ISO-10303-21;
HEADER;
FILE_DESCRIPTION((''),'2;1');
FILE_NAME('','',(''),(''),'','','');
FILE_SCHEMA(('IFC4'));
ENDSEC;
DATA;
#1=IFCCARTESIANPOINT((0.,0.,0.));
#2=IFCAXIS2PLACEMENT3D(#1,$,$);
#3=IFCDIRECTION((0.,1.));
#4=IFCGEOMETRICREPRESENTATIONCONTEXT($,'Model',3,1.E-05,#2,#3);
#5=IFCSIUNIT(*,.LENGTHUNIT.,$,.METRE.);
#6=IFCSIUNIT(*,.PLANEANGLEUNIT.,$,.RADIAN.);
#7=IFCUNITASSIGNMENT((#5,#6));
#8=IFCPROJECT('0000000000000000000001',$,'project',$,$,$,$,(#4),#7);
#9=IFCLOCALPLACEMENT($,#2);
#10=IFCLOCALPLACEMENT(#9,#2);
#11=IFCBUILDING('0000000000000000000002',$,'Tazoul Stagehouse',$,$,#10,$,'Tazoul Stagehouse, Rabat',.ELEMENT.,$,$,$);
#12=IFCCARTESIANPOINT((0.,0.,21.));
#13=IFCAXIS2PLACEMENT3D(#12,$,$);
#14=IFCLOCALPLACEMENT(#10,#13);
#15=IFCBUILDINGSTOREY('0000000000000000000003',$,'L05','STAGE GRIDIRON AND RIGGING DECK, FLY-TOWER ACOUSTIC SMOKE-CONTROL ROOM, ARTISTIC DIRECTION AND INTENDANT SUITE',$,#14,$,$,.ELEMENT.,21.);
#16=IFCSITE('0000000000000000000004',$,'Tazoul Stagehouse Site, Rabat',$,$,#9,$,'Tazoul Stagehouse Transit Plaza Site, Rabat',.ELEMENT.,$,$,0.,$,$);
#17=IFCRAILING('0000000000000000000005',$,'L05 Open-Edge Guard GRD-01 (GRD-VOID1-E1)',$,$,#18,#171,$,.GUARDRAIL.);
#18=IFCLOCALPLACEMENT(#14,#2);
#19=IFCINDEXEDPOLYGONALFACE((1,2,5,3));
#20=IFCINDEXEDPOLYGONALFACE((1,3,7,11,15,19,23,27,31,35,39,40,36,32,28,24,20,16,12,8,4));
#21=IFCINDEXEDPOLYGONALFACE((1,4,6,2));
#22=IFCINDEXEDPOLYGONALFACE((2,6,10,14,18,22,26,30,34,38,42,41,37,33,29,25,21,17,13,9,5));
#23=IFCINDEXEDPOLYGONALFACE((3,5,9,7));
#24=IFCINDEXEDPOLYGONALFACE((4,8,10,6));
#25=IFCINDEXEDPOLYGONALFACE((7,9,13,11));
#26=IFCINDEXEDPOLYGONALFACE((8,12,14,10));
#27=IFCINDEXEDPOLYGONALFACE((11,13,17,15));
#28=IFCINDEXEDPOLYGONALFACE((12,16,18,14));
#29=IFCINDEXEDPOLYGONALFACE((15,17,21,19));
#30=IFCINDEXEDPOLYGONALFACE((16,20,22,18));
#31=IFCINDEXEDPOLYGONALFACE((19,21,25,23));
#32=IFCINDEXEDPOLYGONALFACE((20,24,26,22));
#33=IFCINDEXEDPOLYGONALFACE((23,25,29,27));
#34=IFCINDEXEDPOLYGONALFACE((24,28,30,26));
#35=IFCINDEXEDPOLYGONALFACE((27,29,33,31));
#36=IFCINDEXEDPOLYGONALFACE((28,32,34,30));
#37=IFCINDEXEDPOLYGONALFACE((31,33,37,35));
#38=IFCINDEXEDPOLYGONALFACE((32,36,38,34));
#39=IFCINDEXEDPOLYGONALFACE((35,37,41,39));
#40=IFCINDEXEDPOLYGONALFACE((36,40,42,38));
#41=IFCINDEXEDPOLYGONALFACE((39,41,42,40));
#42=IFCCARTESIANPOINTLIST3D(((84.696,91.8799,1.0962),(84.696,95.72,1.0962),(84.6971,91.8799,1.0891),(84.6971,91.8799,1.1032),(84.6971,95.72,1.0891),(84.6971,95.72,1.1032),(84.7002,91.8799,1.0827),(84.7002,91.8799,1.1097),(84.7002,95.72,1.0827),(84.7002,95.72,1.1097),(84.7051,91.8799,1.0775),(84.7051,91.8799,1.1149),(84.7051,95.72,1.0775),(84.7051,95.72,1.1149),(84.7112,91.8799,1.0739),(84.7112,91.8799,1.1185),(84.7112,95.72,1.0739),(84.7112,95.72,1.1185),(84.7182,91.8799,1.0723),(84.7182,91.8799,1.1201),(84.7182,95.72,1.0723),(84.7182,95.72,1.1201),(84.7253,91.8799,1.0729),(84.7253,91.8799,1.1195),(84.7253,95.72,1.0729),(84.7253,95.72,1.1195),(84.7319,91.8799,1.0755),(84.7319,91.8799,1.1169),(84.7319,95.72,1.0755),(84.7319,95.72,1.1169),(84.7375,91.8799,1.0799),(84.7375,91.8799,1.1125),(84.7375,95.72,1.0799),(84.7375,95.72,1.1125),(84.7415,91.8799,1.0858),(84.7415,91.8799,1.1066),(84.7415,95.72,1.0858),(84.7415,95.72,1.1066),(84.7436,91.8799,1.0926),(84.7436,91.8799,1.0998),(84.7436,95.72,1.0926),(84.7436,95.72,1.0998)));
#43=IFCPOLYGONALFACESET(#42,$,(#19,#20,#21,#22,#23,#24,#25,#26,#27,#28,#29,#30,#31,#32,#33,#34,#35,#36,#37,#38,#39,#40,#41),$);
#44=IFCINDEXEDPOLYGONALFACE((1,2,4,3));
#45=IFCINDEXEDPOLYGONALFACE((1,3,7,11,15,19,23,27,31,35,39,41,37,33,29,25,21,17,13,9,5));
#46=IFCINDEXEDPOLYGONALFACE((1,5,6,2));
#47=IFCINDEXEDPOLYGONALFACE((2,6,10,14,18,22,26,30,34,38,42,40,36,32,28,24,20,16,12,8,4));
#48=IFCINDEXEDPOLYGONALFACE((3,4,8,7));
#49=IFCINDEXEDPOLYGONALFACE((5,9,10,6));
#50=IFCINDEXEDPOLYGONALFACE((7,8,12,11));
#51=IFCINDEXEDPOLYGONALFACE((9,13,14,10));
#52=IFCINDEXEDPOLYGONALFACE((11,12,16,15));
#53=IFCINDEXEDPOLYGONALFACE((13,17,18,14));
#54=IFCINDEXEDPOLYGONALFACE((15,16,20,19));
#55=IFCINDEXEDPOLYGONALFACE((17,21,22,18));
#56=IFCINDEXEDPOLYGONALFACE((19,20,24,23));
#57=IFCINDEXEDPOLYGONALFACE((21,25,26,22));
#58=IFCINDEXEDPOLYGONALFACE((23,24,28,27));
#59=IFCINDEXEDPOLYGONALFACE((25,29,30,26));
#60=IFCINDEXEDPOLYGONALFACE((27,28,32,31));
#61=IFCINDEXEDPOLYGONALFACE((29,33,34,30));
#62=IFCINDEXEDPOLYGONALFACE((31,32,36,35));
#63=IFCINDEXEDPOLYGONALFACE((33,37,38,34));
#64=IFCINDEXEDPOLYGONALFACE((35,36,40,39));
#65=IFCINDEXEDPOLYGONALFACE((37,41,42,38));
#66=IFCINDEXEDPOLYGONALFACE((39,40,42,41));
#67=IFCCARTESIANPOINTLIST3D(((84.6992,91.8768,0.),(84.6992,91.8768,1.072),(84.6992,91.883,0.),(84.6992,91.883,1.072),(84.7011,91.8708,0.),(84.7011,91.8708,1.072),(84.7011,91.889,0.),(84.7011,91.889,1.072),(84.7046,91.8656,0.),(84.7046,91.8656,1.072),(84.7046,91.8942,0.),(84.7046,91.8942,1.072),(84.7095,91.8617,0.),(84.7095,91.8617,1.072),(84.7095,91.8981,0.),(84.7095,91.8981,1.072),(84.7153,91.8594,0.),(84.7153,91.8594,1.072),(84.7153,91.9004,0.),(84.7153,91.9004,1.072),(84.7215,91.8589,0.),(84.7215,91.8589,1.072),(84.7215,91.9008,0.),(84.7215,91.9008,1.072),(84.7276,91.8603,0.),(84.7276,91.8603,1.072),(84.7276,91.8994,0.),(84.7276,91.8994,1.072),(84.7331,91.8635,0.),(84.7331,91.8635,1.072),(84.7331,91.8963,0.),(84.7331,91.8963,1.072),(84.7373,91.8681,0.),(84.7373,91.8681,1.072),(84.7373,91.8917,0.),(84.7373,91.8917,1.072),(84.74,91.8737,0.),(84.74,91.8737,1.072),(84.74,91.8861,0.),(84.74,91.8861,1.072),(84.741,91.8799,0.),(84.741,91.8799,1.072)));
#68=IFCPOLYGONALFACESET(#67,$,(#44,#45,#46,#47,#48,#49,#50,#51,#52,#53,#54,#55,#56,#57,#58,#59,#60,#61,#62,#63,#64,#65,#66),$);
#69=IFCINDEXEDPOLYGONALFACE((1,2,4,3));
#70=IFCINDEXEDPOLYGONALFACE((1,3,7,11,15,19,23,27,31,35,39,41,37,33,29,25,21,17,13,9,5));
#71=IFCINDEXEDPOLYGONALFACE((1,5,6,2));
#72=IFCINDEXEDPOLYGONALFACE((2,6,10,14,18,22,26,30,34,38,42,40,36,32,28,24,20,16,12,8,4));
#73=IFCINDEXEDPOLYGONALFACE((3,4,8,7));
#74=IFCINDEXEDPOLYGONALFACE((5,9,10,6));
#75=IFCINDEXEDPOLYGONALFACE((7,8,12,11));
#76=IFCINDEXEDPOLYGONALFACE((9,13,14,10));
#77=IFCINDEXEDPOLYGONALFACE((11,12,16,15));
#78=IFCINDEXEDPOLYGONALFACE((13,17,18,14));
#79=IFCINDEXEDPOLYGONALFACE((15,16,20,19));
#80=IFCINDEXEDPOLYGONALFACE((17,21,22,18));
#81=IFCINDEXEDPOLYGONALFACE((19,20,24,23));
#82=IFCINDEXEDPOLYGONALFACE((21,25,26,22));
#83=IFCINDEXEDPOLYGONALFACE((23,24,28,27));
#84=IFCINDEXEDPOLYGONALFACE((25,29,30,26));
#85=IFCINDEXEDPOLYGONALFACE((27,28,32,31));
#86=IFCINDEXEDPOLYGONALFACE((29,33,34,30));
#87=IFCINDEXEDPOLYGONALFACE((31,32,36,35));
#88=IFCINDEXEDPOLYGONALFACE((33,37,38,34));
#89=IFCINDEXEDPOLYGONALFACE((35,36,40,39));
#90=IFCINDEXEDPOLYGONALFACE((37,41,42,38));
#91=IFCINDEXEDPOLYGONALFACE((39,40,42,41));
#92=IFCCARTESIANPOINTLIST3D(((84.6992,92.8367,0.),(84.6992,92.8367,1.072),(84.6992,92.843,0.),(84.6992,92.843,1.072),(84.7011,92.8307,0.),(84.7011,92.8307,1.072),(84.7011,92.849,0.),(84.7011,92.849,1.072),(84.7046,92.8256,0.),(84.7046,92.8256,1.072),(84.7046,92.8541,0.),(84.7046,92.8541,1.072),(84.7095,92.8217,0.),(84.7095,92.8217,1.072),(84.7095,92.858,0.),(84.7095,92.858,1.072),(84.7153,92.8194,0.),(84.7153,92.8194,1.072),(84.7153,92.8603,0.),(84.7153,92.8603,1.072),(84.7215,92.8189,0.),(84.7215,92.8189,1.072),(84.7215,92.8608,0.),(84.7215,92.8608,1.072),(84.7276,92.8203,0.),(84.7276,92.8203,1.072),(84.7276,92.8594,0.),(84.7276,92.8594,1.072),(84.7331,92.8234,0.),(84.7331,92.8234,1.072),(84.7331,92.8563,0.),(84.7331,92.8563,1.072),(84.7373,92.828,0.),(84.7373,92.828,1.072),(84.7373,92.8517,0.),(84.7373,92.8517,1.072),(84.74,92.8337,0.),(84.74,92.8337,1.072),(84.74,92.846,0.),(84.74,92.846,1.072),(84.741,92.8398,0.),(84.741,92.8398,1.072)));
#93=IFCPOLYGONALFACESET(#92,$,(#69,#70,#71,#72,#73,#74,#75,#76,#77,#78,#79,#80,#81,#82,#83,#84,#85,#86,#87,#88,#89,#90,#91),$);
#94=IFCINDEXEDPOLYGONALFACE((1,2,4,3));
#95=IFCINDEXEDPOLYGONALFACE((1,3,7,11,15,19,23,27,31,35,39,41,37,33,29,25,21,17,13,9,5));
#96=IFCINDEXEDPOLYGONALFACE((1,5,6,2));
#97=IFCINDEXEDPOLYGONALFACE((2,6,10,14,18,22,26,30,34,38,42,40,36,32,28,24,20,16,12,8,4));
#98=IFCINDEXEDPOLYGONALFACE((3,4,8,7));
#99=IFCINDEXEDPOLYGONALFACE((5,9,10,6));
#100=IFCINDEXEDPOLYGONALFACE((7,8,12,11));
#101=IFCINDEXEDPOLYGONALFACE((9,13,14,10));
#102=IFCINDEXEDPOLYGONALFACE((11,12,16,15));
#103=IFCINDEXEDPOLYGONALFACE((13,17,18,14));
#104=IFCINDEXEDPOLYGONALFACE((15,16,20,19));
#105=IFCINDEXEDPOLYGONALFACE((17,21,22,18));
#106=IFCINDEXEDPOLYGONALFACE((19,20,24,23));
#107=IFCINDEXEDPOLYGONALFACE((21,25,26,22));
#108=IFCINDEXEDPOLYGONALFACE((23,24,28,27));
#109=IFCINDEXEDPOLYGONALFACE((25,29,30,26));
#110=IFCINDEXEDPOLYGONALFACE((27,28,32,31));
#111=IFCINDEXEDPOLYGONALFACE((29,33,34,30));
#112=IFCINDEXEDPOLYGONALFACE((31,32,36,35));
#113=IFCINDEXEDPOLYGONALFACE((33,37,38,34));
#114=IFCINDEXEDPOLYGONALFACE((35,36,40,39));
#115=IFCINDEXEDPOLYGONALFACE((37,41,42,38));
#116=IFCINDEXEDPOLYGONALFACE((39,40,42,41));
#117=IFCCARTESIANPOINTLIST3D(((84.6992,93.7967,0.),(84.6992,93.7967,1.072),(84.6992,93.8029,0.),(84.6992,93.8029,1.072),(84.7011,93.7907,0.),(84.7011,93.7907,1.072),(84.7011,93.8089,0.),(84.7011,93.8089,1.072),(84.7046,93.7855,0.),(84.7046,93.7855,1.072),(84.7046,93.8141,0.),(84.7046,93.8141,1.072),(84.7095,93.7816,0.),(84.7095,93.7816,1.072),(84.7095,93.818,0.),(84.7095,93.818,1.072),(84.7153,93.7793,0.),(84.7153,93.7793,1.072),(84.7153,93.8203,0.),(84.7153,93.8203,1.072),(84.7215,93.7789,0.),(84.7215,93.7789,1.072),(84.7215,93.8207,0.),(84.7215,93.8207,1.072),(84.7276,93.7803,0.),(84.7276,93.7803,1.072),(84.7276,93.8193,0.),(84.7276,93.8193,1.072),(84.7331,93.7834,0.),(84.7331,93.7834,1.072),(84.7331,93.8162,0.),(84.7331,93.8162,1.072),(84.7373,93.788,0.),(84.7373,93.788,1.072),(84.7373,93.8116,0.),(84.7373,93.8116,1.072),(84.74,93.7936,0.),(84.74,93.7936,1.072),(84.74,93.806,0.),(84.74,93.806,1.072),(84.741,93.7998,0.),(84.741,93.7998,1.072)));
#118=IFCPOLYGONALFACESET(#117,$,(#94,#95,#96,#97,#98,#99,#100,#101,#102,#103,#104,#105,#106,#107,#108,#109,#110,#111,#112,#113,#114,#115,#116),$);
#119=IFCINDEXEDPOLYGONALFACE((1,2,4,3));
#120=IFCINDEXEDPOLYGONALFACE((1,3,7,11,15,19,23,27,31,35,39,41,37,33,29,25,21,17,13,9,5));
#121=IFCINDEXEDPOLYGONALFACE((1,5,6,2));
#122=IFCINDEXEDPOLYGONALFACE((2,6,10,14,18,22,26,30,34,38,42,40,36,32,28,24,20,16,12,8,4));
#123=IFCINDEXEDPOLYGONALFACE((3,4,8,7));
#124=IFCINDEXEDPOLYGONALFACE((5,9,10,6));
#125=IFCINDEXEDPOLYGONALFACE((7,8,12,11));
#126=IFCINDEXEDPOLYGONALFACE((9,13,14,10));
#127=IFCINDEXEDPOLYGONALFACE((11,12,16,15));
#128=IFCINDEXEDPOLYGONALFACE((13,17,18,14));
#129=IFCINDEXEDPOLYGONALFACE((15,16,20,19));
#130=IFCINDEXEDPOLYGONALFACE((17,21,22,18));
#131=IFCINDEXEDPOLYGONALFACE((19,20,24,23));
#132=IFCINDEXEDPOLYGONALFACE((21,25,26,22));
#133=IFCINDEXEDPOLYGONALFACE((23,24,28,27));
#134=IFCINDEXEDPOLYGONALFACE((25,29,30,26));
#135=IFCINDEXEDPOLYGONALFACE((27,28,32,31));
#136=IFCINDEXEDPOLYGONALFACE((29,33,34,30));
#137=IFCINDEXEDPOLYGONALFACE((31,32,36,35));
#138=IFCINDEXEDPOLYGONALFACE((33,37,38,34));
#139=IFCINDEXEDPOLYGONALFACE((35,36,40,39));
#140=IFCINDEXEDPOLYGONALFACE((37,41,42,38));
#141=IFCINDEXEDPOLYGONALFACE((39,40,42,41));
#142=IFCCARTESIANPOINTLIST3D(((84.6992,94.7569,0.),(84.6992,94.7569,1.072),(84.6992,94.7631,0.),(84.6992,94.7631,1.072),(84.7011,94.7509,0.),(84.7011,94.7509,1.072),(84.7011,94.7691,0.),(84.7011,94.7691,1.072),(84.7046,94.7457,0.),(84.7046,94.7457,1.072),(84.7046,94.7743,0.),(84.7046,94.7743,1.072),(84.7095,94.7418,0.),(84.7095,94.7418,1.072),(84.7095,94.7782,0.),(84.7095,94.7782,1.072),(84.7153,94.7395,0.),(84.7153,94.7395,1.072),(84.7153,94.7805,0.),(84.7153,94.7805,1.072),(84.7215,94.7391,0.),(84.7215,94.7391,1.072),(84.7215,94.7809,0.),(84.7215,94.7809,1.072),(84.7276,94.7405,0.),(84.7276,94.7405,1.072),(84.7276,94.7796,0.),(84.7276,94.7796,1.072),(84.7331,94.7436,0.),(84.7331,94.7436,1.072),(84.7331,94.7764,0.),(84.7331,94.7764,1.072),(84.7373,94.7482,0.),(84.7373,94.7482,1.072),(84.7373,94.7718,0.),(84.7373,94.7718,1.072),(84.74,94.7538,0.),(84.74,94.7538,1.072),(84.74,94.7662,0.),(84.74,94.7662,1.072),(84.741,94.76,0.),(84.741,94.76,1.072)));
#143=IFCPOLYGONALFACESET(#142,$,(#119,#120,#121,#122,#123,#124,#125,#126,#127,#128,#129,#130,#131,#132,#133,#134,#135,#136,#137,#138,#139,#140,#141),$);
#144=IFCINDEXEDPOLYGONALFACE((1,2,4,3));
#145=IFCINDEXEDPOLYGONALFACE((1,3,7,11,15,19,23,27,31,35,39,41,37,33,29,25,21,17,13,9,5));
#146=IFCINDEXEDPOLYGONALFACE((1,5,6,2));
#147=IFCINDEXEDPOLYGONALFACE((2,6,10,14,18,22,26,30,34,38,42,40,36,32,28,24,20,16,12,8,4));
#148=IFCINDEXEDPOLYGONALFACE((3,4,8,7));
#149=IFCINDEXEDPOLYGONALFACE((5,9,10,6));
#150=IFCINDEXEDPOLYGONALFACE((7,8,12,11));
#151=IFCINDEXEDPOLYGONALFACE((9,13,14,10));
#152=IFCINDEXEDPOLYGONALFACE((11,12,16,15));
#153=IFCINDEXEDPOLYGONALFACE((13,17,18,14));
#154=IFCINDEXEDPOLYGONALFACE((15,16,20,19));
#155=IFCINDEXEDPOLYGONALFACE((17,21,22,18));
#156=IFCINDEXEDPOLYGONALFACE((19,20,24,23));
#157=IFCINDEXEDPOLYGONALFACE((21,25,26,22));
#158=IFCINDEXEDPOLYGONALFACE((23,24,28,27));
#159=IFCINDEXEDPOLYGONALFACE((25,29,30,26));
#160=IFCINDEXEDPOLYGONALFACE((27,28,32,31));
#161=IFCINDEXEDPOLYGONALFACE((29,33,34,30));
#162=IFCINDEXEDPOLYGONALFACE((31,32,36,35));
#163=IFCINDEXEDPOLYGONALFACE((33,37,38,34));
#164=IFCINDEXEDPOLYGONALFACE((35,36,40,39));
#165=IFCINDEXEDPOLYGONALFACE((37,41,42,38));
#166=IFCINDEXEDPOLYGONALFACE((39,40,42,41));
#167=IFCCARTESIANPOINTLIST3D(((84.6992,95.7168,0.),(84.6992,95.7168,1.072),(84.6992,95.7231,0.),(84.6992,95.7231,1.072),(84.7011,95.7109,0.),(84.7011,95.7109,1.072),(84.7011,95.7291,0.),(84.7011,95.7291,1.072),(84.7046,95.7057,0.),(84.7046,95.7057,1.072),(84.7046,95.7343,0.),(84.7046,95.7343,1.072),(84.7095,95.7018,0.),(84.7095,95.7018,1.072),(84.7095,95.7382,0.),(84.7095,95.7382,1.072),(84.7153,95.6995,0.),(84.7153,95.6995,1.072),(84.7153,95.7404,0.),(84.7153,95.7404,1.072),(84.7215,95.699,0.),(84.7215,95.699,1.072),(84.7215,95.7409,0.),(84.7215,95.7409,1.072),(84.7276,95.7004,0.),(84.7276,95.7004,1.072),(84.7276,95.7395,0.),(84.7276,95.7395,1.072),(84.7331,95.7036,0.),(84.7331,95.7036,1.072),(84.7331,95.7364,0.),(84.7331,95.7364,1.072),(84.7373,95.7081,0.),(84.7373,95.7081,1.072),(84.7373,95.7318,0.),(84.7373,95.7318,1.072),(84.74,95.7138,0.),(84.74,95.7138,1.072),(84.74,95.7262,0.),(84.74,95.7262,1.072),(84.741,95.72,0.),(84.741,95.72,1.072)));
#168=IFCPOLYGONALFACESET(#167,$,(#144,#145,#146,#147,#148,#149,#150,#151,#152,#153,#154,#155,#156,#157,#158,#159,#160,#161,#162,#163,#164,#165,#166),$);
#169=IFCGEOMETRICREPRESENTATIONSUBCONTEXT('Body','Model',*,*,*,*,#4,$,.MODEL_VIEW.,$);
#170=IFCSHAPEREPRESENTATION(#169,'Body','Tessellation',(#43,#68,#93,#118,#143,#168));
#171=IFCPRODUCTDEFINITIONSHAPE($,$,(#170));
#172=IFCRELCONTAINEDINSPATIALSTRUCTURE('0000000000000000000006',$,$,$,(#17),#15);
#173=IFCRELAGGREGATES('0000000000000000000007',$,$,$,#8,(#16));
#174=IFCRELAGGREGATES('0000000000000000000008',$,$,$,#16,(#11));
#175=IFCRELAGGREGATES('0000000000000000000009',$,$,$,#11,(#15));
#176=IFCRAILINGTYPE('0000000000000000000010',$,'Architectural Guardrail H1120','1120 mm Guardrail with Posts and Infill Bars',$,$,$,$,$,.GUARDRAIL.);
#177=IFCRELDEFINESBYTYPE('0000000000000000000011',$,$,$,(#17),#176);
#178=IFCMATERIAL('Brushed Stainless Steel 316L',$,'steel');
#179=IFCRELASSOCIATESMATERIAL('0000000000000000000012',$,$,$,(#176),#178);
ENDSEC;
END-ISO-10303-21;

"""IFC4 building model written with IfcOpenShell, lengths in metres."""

from ifc_helpers import new_model, si_unit, direction, frame, origin, origin_2d, place, context, subcontext, project, spatial, circle, extrude, material, material_profile, profile_set, type_object, element, save


model = new_model("IFC4")

# Units and contexts
model_context = context("Model", 3, precision=1e-05, world=origin(), true_north=direction((0.0, 1.0)))
body_context = subcontext(model_context, "Body", "Model", "MODEL_VIEW")
ifc_project = project(units=[si_unit("LENGTHUNIT", "METRE"), si_unit("PLANEANGLEUNIT", "RADIAN")], contexts=[model_context])

# Site, building, storey
site_placement = place(None, origin())
site = spatial("IfcSite", under=ifc_project, at=site_placement, Name="Tazoul Stagehouse Site, Rabat", LongName="Tazoul Stagehouse Transit Plaza Site, Rabat", CompositionType="ELEMENT", RefElevation=0.0)
building_placement = place(site_placement, origin())
building = spatial("IfcBuilding", under=site, at=building_placement, Name="Tazoul Stagehouse", LongName="Tazoul Stagehouse, Rabat", CompositionType="ELEMENT")
storey_placement = place(building_placement, frame((0.0, 0.0, 21.0)))
storey = spatial("IfcBuildingStorey", under=building, at=storey_placement, Name="L05", Description="STAGE GRIDIRON AND RIGGING DECK, FLY-TOWER ACOUSTIC SMOKE-CONTROL ROOM, ARTISTIC DIRECTION AND INTENDANT SUITE", CompositionType="ELEMENT", Elevation=21.0)

# Railing
ifc_material_1 = material(Name="Brushed Stainless Steel 316L", Category="steel")
ifc_material_profile_1 = material_profile(ifc_material_1, circle(Radius=0.0239, at=origin_2d()), Name="SS RAIL D48")
ifc_profile_set_1 = profile_set([ifc_material_profile_1], Name="Brushed Stainless Steel 316L")
railing_type = type_object("IfcRailingType", Name="Architectural Guardrail H1120", Description="1120 mm Guardrail with Posts and Infill Bars", PredefinedType="GUARDRAIL", material=ifc_profile_set_1)
railing_1_placement = place(storey_placement, frame((84.72, 91.8799, 0.0)))
element("IfcRailing", 1, at=railing_1_placement, inside=storey, type_object=railing_type, Name="L05 Open-Edge Guard GRD-01 (GRD-VOID1-E1)", PredefinedType="GUARDRAIL", context=body_context, shape_type="SweptSolid", body=[
    extrude(circle(Radius=0.0239, at=origin_2d()), frame((0.0, 0.0, 1.0962), z_axis=(0.0, 1.0, 0.0), x_axis=(-1.0, 0.0, 0.0)), (0.0, 0.0, 1.0), 3.8401),
    extrude(circle(Radius=0.021, at=origin_2d()), origin(), (0.0, 0.0, 1.0), 1.072),
    extrude(circle(Radius=0.021, at=origin_2d()), frame((0.0, 0.96, 0.0)), (0.0, 0.0, 1.0), 1.072),
    extrude(circle(Radius=0.021, at=origin_2d()), frame((0.0, 1.9199, 0.0)), (0.0, 0.0, 1.0), 1.072),
    extrude(circle(Radius=0.021, at=origin_2d()), frame((0.0, 2.8801, 0.0)), (0.0, 0.0, 1.0), 1.072),
    extrude(circle(Radius=0.021, at=origin_2d()), frame((0.0, 3.8401, 0.0)), (0.0, 0.0, 1.0), 1.072),
])

save(model, "model.ifc")
